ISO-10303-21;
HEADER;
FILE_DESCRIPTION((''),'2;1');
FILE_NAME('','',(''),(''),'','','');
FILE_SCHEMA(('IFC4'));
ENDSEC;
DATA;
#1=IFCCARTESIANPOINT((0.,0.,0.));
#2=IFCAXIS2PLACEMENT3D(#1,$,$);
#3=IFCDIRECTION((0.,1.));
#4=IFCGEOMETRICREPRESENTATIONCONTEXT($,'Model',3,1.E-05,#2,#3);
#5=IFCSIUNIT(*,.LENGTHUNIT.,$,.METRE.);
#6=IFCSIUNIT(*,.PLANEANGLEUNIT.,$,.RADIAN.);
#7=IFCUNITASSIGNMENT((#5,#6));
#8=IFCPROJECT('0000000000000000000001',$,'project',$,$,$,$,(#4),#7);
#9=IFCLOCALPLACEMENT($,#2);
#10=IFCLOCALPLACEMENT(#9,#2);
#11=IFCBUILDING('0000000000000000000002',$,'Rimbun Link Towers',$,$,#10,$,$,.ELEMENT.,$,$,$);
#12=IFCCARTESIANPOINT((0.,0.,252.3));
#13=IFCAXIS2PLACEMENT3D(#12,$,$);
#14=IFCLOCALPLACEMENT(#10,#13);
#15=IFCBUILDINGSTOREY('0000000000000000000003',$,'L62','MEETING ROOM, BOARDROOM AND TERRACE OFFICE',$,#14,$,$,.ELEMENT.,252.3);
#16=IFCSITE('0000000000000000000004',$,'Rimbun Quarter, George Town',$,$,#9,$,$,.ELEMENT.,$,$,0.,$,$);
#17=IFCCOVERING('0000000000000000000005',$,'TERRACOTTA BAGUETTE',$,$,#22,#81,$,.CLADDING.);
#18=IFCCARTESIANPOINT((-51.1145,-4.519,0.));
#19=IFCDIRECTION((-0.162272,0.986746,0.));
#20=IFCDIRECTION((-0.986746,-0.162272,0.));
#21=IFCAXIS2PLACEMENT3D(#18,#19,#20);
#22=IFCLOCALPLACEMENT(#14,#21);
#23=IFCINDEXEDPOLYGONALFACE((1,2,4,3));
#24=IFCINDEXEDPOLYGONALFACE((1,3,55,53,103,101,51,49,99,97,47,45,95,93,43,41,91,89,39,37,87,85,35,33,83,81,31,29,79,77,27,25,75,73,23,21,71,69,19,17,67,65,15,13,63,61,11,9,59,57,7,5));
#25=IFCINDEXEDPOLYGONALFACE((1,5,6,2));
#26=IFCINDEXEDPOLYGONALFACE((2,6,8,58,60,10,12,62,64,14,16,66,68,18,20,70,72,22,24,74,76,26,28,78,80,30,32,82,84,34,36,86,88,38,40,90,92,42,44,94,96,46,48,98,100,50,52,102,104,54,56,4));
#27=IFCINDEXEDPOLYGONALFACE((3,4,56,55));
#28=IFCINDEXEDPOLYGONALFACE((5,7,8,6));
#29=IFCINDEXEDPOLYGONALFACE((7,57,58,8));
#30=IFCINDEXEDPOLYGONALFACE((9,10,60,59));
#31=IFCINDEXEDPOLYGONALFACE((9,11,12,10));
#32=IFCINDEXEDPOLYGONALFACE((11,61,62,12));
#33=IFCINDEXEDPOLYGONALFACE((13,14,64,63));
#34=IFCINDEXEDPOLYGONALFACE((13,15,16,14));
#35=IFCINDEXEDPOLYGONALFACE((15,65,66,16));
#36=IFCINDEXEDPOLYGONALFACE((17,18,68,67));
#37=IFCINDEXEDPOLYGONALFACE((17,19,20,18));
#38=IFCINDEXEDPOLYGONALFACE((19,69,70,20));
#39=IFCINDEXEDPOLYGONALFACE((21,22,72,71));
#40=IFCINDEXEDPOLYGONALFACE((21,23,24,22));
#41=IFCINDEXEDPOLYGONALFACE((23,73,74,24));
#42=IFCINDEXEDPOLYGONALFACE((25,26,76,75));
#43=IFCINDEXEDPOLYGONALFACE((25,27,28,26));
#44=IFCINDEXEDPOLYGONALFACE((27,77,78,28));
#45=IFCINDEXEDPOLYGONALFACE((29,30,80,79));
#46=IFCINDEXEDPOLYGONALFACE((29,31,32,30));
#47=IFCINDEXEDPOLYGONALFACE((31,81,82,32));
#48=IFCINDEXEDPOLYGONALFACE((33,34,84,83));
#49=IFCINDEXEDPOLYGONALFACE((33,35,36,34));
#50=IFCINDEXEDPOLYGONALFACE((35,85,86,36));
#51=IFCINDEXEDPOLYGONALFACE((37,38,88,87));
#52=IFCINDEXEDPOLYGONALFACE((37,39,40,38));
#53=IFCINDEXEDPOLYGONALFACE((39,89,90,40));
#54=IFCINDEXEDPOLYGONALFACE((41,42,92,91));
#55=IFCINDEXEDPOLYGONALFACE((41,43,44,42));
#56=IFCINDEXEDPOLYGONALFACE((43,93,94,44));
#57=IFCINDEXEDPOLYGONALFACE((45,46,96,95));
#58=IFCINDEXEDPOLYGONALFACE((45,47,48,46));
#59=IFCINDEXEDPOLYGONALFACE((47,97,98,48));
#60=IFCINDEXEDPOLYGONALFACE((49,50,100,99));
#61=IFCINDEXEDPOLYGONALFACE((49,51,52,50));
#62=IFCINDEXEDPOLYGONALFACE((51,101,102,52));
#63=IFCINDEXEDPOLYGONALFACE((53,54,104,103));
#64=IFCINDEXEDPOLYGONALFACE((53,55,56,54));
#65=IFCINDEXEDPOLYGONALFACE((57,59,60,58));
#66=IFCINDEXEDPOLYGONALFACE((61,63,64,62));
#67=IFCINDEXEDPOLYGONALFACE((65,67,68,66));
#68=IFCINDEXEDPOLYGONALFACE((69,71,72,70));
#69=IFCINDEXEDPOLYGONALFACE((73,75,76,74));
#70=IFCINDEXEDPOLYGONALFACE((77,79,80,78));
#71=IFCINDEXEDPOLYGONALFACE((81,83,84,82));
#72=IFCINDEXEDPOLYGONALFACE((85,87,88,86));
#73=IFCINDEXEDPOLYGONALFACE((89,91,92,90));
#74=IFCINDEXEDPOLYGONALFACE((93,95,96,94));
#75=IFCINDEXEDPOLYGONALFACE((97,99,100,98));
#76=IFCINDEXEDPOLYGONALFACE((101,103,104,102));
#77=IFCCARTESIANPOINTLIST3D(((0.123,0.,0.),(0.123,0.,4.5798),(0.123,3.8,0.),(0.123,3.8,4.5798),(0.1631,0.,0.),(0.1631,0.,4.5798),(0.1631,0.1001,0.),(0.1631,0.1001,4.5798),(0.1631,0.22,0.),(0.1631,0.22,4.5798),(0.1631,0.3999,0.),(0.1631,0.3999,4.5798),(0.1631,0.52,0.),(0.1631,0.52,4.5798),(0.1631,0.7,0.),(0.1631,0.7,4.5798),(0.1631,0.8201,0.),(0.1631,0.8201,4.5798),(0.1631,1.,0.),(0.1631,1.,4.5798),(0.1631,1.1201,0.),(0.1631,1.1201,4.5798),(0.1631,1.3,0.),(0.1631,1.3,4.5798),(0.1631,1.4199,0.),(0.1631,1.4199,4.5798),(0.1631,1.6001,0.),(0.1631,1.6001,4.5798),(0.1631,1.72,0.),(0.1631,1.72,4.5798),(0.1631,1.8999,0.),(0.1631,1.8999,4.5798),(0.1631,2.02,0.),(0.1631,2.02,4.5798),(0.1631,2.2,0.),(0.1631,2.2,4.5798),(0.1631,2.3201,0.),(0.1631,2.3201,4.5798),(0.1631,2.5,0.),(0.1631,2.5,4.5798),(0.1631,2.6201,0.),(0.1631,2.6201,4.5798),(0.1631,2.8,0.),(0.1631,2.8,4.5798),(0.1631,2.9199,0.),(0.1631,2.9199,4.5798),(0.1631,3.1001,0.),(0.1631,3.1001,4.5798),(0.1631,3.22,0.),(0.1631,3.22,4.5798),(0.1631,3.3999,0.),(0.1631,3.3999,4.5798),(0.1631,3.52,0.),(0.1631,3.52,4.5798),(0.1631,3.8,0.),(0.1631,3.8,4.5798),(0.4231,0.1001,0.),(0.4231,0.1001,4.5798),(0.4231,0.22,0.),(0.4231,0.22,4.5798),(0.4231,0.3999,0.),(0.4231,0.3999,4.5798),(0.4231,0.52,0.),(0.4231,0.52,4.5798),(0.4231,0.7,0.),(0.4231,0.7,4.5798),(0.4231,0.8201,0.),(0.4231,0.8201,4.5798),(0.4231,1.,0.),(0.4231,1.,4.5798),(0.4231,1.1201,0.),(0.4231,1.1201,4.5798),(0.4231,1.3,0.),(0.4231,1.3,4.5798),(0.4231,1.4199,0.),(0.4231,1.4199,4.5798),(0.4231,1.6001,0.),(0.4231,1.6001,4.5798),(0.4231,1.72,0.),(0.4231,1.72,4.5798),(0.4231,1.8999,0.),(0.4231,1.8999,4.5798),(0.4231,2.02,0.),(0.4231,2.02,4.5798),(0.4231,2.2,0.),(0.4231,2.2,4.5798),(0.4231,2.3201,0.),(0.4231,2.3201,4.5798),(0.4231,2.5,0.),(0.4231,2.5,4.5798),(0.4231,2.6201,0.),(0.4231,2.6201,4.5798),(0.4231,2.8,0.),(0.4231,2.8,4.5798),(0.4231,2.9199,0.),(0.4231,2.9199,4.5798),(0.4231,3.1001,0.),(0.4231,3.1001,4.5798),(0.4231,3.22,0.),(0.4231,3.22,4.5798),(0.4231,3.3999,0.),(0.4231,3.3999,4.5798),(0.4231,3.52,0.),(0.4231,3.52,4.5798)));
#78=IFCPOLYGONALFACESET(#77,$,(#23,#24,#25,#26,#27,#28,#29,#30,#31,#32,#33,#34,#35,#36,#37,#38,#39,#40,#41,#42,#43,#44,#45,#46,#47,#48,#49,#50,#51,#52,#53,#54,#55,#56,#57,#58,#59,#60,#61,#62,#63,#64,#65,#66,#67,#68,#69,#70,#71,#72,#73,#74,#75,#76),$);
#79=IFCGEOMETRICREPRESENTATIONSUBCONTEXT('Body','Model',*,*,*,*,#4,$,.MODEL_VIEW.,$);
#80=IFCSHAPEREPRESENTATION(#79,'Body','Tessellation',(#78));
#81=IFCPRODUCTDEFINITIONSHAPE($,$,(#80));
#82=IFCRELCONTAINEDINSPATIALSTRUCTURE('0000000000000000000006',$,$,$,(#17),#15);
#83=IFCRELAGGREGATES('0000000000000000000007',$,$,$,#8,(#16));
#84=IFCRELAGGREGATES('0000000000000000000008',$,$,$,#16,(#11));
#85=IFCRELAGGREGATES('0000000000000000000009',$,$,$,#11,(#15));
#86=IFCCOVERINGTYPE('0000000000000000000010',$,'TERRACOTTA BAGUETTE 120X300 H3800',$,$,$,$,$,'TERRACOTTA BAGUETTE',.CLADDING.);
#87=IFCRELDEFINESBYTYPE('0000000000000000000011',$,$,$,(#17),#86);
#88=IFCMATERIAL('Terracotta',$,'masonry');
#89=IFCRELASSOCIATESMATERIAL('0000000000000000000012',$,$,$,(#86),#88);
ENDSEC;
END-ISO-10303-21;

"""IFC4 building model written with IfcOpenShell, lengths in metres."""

from ifc_helpers import new_model, si_unit, direction, frame, origin, place, context, subcontext, project, spatial, polyline, outline, extrude, material, material_profile, profile_set, type_object, element, save


model = new_model("IFC4")

# Units and contexts
model_context = context("Model", 3, precision=1e-05, world=origin(), true_north=direction((0.0, 1.0)))
body_context = subcontext(model_context, "Body", "Model", "MODEL_VIEW")
ifc_project = project(units=[si_unit("LENGTHUNIT", "METRE"), si_unit("PLANEANGLEUNIT", "RADIAN")], contexts=[model_context])

# Site, building, storey
site_placement = place(None, origin())
site = spatial("IfcSite", under=ifc_project, at=site_placement, Name="Rimbun Quarter, George Town", CompositionType="ELEMENT", RefElevation=0.0)
building_placement = place(site_placement, origin())
building = spatial("IfcBuilding", under=site, at=building_placement, Name="Rimbun Link Towers", CompositionType="ELEMENT")
storey_placement = place(building_placement, frame((0.0, 0.0, 252.3)))
storey = spatial("IfcBuildingStorey", under=building, at=storey_placement, Name="L62", Description="MEETING ROOM, BOARDROOM AND TERRACE OFFICE", CompositionType="ELEMENT", Elevation=252.3)

# Covering
ifc_material_1 = material(Name="Terracotta", Category="masonry")
ifc_material_profile_1 = material_profile(ifc_material_1, outline(polyline([(0.123, 0.0), (0.1631, 0.0), (0.1631, 0.1001), (0.4231, 0.1001), (0.4231, 0.22), (0.1631, 0.22), (0.1631, 0.3999), (0.4231, 0.3999), (0.4231, 0.52), (0.1631, 0.52), (0.1631, 0.7), (0.4231, 0.7), (0.4231, 0.8201), (0.1631, 0.8201), (0.1631, 1.0), (0.4231, 1.0), (0.4231, 1.1201), (0.1631, 1.1201), (0.1631, 1.3), (0.4231, 1.3), (0.4231, 1.4199), (0.1631, 1.4199), (0.1631, 1.6001), (0.4231, 1.6001), (0.4231, 1.72), (0.1631, 1.72), (0.1631, 1.8999), (0.4231, 1.8999), (0.4231, 2.02), (0.1631, 2.02), (0.1631, 2.2), (0.4231, 2.2), (0.4231, 2.3201), (0.1631, 2.3201), (0.1631, 2.5), (0.4231, 2.5), (0.4231, 2.6201), (0.1631, 2.6201), (0.1631, 2.8), (0.4231, 2.8), (0.4231, 2.9199), (0.1631, 2.9199), (0.1631, 3.1001), (0.4231, 3.1001), (0.4231, 3.22), (0.1631, 3.22), (0.1631, 3.3999), (0.4231, 3.3999), (0.4231, 3.52), (0.1631, 3.52), (0.1631, 3.8), (0.123, 3.8), (0.123, 0.0)])), Name="BAGUETTE 120X300")
ifc_profile_set_1 = profile_set([ifc_material_profile_1], Name="Terracotta")
covering_type = type_object("IfcCoveringType", Name="TERRACOTTA BAGUETTE 120X300 H3800", ElementType="TERRACOTTA BAGUETTE", PredefinedType="CLADDING", material=ifc_profile_set_1)
for number, where, z_axis, x_axis, name in (
    (1, (-51.1145, -4.519, 0.0), (-0.162272, 0.986746, 0.0), (-0.986746, -0.162272, 0.0), "TERRACOTTA BAGUETTE"),
):
    element("IfcCovering", number, at=place(storey_placement, frame(where, z_axis=z_axis, x_axis=x_axis)), inside=storey, type_object=covering_type, Name=name, PredefinedType="CLADDING", context=body_context, shape_type="SweptSolid", body=[
        extrude(outline(polyline([(0.123, 0.0), (0.1631, 0.0), (0.1631, 0.1001), (0.4231, 0.1001), (0.4231, 0.22), (0.1631, 0.22), (0.1631, 0.3999), (0.4231, 0.3999), (0.4231, 0.52), (0.1631, 0.52), (0.1631, 0.7), (0.4231, 0.7), (0.4231, 0.8201), (0.1631, 0.8201), (0.1631, 1.0), (0.4231, 1.0), (0.4231, 1.1201), (0.1631, 1.1201), (0.1631, 1.3), (0.4231, 1.3), (0.4231, 1.4199), (0.1631, 1.4199), (0.1631, 1.6001), (0.4231, 1.6001), (0.4231, 1.72), (0.1631, 1.72), (0.1631, 1.8999), (0.4231, 1.8999), (0.4231, 2.02), (0.1631, 2.02), (0.1631, 2.2), (0.4231, 2.2), (0.4231, 2.3201), (0.1631, 2.3201), (0.1631, 2.5), (0.4231, 2.5), (0.4231, 2.6201), (0.1631, 2.6201), (0.1631, 2.8), (0.4231, 2.8), (0.4231, 2.9199), (0.1631, 2.9199), (0.1631, 3.1001), (0.4231, 3.1001), (0.4231, 3.22), (0.1631, 3.22), (0.1631, 3.3999), (0.4231, 3.3999), (0.4231, 3.52), (0.1631, 3.52), (0.1631, 3.8), (0.123, 3.8), (0.123, 0.0)])), origin(), (0.0, 0.0, 1.0), 4.5798),
    ])

save(model, "model.ifc")
